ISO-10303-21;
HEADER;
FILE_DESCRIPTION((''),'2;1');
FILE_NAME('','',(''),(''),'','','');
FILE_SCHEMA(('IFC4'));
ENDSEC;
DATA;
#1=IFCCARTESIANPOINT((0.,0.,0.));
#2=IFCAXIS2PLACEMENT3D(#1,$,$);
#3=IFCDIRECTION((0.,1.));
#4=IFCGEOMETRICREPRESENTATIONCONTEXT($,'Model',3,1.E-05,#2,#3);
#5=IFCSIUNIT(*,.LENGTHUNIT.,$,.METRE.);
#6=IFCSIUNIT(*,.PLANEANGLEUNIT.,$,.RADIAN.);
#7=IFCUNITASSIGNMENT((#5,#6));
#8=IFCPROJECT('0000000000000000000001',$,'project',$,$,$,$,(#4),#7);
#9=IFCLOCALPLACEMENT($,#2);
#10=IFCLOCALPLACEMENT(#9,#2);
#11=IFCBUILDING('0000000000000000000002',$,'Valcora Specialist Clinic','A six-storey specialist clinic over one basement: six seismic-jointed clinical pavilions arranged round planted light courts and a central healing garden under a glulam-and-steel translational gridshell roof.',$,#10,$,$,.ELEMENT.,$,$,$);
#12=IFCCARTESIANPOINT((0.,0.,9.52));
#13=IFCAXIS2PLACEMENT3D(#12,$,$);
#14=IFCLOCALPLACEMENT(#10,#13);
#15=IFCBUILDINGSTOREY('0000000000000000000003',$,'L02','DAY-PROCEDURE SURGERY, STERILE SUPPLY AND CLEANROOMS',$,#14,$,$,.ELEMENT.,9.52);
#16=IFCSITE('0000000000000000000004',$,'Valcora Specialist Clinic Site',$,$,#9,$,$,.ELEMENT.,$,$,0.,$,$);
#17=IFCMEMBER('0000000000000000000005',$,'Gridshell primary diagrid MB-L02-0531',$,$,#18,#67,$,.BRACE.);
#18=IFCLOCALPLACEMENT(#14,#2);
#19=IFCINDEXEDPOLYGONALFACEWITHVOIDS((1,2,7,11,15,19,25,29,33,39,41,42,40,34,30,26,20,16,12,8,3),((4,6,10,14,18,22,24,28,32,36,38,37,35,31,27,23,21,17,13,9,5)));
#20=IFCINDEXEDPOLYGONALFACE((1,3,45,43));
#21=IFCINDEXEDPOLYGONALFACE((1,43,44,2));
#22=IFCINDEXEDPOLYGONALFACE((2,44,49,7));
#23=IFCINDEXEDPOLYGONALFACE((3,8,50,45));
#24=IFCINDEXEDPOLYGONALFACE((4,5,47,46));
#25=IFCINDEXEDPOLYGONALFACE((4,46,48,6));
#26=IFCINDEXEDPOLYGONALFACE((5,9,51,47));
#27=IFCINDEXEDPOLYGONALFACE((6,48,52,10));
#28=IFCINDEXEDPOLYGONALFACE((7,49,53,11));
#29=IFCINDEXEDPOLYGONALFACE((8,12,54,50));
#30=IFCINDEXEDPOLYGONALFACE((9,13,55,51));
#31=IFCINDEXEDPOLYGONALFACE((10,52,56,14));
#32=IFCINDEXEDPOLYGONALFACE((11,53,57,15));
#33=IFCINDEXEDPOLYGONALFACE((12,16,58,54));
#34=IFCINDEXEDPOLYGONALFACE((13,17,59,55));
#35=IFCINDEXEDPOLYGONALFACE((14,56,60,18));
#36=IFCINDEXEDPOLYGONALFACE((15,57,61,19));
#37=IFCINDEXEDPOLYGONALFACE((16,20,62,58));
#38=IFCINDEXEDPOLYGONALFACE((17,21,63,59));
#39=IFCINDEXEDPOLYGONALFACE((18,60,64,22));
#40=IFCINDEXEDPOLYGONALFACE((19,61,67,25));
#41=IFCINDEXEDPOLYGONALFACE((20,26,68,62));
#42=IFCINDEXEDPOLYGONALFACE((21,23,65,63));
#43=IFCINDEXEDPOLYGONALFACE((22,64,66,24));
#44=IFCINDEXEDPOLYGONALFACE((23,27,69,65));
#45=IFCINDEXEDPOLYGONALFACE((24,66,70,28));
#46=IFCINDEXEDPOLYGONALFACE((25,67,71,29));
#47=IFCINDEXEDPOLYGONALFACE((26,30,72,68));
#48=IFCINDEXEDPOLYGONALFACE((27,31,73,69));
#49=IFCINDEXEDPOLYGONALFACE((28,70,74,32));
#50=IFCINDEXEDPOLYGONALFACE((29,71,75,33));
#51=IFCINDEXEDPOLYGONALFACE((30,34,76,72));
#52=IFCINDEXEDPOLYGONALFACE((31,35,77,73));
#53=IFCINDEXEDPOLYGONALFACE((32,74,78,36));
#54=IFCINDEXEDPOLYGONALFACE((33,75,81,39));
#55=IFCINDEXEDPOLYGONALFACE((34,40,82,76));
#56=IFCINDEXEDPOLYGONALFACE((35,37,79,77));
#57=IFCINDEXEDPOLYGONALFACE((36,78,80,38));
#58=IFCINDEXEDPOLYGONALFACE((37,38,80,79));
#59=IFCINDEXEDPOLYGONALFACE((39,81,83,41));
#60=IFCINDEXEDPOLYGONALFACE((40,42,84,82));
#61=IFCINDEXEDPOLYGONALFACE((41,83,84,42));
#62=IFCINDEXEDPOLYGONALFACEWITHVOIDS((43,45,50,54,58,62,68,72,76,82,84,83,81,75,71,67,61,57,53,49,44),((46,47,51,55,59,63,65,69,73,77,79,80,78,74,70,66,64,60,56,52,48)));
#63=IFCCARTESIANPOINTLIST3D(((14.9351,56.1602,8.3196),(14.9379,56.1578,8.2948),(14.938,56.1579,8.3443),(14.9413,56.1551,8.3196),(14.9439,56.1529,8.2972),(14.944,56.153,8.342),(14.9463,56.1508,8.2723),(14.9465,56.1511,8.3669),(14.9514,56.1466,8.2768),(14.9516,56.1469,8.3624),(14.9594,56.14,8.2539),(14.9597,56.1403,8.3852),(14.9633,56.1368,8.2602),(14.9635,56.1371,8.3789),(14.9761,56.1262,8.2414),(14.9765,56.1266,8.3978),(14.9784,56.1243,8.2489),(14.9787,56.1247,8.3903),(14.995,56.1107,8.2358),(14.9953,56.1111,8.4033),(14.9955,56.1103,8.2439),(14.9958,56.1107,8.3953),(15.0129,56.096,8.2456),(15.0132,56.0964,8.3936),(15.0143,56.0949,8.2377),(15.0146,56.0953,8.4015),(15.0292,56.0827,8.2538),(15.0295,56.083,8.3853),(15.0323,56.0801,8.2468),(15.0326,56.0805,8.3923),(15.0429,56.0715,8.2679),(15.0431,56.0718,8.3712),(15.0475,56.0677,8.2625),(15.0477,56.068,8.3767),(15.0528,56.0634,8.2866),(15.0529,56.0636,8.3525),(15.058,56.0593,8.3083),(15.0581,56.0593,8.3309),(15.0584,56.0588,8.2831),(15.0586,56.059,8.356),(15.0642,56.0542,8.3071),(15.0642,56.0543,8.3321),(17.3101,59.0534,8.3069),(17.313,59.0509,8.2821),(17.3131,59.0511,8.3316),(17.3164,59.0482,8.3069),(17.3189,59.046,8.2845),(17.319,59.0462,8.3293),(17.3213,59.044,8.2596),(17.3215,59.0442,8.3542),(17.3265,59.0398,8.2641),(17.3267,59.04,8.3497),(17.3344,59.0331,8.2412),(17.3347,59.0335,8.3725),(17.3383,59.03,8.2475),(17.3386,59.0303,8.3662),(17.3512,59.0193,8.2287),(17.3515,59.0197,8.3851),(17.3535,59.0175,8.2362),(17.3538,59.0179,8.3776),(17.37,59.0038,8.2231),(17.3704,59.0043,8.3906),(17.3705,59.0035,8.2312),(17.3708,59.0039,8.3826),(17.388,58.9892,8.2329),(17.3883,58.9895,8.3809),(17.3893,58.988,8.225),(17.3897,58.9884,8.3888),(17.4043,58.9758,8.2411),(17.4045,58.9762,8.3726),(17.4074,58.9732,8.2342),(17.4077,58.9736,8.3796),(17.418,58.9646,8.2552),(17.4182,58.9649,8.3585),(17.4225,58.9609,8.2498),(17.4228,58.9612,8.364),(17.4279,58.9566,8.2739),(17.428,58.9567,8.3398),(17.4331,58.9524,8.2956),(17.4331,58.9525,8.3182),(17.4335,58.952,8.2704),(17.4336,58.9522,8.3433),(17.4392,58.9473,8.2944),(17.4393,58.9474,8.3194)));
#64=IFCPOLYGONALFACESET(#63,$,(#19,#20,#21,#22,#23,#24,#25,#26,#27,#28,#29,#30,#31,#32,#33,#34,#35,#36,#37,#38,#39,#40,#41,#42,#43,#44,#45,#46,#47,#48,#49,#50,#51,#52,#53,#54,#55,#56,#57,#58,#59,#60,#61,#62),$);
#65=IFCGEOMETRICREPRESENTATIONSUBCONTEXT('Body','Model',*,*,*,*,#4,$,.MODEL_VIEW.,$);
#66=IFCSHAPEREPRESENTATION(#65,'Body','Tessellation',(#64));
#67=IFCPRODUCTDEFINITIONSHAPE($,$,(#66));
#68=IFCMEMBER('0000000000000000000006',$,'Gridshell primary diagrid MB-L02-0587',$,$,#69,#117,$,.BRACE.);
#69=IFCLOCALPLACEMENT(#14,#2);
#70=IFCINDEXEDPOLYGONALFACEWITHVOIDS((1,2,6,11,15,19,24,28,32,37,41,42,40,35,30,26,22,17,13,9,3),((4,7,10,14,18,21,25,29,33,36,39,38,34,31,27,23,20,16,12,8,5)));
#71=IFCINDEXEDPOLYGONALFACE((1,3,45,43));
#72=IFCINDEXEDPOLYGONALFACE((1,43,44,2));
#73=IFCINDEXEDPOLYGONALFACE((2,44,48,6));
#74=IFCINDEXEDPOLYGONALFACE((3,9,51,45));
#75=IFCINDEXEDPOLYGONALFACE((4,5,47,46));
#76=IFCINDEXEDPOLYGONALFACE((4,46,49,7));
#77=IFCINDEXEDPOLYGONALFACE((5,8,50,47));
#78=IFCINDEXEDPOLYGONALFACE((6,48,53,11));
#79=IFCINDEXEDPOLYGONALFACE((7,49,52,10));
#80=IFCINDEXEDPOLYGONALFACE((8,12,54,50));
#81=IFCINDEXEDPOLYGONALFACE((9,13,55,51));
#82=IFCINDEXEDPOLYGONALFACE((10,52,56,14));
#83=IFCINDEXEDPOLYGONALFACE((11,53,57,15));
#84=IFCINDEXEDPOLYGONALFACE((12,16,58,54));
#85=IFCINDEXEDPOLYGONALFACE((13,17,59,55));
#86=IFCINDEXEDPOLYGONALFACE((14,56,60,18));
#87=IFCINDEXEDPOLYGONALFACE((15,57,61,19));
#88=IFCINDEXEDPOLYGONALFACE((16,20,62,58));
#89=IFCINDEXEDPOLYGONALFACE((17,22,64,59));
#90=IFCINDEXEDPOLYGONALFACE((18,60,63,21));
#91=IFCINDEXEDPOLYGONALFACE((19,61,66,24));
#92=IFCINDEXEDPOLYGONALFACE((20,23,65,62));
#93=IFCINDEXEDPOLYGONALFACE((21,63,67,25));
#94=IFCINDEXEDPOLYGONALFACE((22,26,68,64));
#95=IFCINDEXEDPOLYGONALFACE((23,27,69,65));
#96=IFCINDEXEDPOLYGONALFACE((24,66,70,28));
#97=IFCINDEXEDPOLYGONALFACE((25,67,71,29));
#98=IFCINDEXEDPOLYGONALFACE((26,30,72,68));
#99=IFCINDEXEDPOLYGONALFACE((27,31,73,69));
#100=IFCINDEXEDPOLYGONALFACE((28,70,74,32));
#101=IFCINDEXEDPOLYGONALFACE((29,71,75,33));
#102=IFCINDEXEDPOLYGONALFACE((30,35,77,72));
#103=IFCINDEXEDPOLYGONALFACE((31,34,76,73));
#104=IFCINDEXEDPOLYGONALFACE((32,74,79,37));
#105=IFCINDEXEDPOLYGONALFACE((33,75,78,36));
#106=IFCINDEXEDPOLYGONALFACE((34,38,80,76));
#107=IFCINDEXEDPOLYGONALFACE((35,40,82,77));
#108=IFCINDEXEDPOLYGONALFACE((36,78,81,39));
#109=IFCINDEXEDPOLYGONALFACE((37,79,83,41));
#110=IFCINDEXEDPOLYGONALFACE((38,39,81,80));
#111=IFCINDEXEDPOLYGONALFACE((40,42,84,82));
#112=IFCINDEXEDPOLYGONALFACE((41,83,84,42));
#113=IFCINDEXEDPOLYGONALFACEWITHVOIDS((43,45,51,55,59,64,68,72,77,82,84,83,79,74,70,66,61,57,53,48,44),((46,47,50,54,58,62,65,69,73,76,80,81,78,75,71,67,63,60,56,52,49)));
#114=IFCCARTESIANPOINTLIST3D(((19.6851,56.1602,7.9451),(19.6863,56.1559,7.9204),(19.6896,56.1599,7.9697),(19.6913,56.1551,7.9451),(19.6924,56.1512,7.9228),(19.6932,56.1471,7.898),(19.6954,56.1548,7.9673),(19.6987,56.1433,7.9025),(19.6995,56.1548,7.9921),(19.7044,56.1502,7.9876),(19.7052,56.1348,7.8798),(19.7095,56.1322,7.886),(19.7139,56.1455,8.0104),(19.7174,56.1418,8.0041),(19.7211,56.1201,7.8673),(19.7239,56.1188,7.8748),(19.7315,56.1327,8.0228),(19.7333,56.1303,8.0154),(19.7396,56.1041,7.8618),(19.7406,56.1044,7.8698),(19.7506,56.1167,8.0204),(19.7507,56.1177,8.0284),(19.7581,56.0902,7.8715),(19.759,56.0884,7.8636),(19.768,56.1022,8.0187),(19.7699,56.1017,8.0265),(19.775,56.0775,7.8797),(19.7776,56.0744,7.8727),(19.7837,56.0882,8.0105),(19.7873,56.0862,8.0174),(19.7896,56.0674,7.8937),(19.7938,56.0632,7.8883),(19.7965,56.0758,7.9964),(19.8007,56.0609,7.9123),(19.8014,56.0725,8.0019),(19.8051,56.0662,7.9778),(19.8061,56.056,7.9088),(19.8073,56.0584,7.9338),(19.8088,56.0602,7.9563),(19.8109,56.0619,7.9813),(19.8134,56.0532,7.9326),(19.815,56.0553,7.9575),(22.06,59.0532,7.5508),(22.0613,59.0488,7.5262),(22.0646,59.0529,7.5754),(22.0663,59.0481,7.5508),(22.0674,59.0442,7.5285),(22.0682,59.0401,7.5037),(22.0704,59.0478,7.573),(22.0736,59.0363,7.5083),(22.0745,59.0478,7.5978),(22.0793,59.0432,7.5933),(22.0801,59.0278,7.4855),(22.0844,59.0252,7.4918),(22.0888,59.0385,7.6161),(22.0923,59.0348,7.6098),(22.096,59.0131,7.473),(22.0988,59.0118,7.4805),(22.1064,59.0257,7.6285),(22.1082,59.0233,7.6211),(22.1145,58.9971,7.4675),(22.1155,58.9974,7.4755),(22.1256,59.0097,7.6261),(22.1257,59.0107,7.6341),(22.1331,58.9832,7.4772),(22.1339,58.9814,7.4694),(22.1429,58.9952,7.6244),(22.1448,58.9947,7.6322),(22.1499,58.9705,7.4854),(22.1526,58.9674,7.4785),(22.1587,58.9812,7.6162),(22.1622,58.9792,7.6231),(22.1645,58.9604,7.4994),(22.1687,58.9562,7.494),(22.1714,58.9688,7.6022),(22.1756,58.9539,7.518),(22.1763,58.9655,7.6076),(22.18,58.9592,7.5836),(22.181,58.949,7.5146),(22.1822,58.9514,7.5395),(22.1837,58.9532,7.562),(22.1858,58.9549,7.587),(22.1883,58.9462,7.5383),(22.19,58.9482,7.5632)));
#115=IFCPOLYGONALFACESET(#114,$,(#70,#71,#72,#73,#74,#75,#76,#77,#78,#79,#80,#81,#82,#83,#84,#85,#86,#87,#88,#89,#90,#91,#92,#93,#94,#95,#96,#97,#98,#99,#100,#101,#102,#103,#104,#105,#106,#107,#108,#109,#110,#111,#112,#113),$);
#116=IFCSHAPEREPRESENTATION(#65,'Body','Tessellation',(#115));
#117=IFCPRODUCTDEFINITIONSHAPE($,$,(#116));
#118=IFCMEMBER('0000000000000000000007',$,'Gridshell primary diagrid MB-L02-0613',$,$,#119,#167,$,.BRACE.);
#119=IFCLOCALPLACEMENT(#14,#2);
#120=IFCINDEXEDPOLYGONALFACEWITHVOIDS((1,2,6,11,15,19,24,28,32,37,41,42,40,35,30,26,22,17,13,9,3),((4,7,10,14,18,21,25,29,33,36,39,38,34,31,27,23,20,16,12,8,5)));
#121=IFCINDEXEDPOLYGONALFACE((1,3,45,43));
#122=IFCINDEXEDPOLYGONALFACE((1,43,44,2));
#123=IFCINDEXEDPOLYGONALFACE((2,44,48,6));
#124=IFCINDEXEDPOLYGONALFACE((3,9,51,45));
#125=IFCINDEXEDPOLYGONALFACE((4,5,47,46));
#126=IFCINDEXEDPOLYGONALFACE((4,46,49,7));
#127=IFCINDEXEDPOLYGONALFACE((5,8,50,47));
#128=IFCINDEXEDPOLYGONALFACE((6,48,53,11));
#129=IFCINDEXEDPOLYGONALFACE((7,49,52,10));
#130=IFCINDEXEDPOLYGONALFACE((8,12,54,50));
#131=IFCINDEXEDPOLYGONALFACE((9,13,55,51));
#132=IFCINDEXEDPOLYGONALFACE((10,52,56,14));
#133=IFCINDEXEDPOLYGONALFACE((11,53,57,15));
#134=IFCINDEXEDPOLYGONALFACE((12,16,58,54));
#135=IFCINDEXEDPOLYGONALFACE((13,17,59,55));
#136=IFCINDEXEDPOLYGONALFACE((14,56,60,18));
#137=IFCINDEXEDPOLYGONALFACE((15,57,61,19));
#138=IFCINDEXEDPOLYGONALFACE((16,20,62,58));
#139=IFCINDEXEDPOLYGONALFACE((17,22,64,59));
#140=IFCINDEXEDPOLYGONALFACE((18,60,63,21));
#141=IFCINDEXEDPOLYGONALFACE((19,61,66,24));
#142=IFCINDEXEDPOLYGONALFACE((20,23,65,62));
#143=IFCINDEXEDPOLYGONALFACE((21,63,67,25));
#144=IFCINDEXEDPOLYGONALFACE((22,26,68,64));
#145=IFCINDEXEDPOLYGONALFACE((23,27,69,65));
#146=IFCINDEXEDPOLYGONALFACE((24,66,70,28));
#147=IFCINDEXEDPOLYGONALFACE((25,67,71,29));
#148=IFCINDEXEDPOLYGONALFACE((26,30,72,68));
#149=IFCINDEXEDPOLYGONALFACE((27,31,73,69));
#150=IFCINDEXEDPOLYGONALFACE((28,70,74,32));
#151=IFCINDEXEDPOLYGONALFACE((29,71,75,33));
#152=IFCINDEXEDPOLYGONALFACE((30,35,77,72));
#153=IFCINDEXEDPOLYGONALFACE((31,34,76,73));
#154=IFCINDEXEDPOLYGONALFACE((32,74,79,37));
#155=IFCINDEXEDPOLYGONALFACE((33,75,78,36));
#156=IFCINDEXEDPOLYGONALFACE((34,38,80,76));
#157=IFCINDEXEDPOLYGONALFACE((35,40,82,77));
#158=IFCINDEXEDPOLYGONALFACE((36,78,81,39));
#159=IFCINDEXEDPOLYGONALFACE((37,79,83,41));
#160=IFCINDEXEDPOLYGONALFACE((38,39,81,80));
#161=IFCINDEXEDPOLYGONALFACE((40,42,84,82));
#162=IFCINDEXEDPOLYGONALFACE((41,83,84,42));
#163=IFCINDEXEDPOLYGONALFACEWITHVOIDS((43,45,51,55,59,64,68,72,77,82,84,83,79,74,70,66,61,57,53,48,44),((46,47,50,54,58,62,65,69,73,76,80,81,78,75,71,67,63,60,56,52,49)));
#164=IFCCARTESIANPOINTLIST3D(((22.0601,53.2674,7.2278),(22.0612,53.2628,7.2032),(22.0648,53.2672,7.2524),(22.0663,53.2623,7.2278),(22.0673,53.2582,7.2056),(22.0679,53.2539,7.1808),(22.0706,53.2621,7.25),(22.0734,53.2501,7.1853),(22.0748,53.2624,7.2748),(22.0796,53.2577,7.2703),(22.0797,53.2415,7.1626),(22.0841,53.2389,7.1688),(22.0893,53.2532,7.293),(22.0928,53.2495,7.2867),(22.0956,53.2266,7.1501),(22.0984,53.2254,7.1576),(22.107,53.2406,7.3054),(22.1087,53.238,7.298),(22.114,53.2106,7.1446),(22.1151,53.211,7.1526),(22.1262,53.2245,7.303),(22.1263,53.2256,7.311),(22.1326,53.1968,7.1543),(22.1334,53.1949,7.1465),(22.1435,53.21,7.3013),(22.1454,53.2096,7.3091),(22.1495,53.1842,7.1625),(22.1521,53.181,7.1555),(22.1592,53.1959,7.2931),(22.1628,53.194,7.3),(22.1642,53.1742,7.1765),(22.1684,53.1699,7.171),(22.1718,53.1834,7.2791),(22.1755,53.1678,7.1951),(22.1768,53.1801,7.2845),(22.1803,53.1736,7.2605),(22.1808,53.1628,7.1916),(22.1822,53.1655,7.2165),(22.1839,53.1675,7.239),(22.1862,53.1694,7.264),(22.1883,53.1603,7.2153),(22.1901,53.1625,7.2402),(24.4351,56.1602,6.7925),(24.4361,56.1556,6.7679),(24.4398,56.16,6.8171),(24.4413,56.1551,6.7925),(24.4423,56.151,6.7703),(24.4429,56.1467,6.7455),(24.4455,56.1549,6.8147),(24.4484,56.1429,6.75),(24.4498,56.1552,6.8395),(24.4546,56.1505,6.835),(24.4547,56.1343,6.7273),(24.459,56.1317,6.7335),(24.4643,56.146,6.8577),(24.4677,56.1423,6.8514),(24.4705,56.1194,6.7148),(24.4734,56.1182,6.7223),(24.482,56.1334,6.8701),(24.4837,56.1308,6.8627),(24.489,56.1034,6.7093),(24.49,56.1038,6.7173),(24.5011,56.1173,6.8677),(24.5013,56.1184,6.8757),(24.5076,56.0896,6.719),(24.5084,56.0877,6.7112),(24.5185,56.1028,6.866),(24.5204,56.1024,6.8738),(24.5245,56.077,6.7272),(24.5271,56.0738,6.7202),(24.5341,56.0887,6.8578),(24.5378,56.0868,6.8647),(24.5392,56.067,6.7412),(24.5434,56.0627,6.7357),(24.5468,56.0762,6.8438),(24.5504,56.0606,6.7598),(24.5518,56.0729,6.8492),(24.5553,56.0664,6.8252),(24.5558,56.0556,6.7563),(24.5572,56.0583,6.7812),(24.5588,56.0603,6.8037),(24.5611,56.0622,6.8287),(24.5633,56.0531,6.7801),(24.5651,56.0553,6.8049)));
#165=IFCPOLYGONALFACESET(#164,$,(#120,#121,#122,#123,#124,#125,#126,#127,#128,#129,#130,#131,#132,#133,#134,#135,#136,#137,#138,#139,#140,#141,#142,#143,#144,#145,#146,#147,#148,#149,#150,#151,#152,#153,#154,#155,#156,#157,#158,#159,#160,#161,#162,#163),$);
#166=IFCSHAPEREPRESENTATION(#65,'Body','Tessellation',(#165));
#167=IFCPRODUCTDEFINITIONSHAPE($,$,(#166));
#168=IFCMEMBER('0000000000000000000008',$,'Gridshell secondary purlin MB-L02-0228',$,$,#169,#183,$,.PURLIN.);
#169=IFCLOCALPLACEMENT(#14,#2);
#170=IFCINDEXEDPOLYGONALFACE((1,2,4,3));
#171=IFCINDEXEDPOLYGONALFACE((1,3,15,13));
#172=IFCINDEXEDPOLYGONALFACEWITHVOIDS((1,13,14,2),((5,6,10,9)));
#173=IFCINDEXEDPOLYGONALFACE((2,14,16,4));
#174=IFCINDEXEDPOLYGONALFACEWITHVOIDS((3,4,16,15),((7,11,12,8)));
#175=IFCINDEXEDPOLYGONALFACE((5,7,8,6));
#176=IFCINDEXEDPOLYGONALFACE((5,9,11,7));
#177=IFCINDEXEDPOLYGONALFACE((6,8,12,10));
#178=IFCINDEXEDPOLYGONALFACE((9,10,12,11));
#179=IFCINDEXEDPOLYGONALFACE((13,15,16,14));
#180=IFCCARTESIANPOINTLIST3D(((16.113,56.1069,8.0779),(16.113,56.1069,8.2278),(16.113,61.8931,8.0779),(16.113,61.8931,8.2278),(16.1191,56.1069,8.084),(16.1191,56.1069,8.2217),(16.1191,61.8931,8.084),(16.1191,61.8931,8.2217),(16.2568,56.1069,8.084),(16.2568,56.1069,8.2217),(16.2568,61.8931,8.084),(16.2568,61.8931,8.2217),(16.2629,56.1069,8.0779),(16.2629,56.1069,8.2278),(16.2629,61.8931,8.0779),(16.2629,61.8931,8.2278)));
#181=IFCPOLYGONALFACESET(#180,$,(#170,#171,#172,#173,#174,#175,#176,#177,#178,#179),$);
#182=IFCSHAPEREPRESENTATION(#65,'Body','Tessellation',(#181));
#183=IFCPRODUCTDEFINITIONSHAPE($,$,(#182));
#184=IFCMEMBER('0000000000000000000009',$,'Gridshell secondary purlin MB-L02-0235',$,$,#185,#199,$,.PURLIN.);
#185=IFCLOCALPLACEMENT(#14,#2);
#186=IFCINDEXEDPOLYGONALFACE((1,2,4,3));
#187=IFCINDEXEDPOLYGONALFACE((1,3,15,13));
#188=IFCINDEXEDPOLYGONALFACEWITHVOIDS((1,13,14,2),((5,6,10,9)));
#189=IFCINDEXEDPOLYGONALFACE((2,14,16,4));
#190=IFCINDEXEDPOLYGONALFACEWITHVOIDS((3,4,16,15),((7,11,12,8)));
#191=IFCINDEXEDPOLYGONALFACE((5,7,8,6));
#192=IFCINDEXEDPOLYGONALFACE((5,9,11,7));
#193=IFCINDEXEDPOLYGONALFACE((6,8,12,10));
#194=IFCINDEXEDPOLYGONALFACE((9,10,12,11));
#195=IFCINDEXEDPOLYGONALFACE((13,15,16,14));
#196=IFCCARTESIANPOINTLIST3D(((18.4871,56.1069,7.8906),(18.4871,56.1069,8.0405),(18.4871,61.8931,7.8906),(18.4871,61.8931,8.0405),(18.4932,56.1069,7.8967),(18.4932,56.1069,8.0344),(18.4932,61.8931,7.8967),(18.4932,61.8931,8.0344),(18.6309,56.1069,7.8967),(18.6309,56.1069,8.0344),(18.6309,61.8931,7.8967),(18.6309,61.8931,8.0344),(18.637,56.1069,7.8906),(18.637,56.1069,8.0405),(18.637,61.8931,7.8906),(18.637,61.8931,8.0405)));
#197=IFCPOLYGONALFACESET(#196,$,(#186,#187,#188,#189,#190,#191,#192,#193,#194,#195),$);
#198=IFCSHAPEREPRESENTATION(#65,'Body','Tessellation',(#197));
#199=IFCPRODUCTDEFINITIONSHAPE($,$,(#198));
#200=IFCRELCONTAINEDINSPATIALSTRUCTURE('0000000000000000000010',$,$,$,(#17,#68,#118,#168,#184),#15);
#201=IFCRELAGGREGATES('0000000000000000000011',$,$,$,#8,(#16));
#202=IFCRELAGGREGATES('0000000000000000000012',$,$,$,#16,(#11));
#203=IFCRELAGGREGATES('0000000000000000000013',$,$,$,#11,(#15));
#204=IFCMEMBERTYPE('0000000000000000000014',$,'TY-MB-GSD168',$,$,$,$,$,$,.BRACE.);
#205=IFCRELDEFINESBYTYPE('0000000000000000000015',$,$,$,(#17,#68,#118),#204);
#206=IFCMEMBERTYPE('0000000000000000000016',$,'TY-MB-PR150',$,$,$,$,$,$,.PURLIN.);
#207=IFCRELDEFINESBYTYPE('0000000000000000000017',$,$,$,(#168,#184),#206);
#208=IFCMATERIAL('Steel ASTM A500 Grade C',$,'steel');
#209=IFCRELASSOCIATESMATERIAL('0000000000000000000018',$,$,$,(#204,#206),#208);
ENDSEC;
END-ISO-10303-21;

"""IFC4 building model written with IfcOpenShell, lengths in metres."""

from ifc_helpers import new_model, si_unit, direction, frame, origin, origin_2d, place, context, subcontext, project, spatial, hollow_rectangle, hollow_circle, extrude, material, material_profile, profile_set, type_object, element, save


model = new_model("IFC4")

# Units and contexts
model_context = context("Model", 3, precision=1e-05, world=origin(), true_north=direction((0.0, 1.0)))
body_context = subcontext(model_context, "Body", "Model", "MODEL_VIEW")
ifc_project = project(units=[si_unit("LENGTHUNIT", "METRE"), si_unit("PLANEANGLEUNIT", "RADIAN")], contexts=[model_context])

# Site, building, storey
site_placement = place(None, origin())
site = spatial("IfcSite", under=ifc_project, at=site_placement, Name="Valcora Specialist Clinic Site", CompositionType="ELEMENT", RefElevation=0.0)
building_placement = place(site_placement, origin())
building = spatial("IfcBuilding", under=site, at=building_placement, Name="Valcora Specialist Clinic", Description="A six-storey specialist clinic over one basement: six seismic-jointed clinical pavilions arranged round planted light courts and a central healing garden under a glulam-and-steel translational gridshell roof.", CompositionType="ELEMENT")
storey_placement = place(building_placement, frame((0.0, 0.0, 9.52)))
storey = spatial("IfcBuildingStorey", under=building, at=storey_placement, Name="L02", Description="DAY-PROCEDURE SURGERY, STERILE SUPPLY AND CLEANROOMS", CompositionType="ELEMENT", Elevation=9.52)

# Members
ifc_material_1 = material(Name="Steel ASTM A500 Grade C", Category="steel")
ifc_material_profile_1 = material_profile(ifc_material_1, hollow_circle(Radius=0.084, WallThickness=0.0081, at=origin_2d()), Name="ST-CHS-168X8")
ifc_profile_set_1 = profile_set([ifc_material_profile_1], Name="Steel ASTM A500 Grade C")
member_type_1 = type_object("IfcMemberType", Name="TY-MB-GSD168", PredefinedType="BRACE", material=ifc_profile_set_1)
member_1_placement = place(storey_placement, frame((15.0, 56.1069, 8.3196), z_axis=(0.634505, 0.772911, -0.003392), x_axis=(-0.772916, 0.634508, 0.0)))
element("IfcMember", 1, at=member_1_placement, inside=storey, type_object=member_type_1, Name="Gridshell primary diagrid MB-L02-0531", PredefinedType="BRACE", context=body_context, shape_type="SweptSolid", body=[
    extrude(hollow_circle(Radius=0.084, WallThickness=0.0081, at=origin_2d()), origin(), (0.0, 0.0, 1.0), 3.7432),
])
member_2_placement = place(storey_placement, frame((19.75, 56.1069, 7.9451), z_axis=(0.631017, 0.768663, -0.104759), x_axis=(-0.772916, 0.634508, 0.0)))
element("IfcMember", 2, at=member_2_placement, inside=storey, type_object=member_type_1, Name="Gridshell primary diagrid MB-L02-0587", PredefinedType="BRACE", context=body_context, shape_type="SweptSolid", body=[
    extrude(hollow_circle(Radius=0.084, WallThickness=0.0081, at=origin_2d()), origin(), (0.0, 0.0, 1.0), 3.7637),
])
member_3_placement = place(storey_placement, frame((22.125, 53.2141, 7.2278), z_axis=(0.630292, 0.767715, -0.115523), x_axis=(-0.77289, 0.63454, 0.0)))
element("IfcMember", 3, at=member_3_placement, inside=storey, type_object=member_type_1, Name="Gridshell primary diagrid MB-L02-0613", PredefinedType="BRACE", context=body_context, shape_type="SweptSolid", body=[
    extrude(hollow_circle(Radius=0.084, WallThickness=0.0081, at=origin_2d()), origin(), (0.0, 0.0, 1.0), 3.7681),
])
ifc_material_profile_2 = material_profile(ifc_material_1, hollow_rectangle(XDim=0.1499, YDim=0.1499, WallThickness=0.0061, at=origin_2d()), Name="ST-RHS-150X150X6")
ifc_profile_set_2 = profile_set([ifc_material_profile_2], Name="Steel ASTM A500 Grade C")
member_type_2 = type_object("IfcMemberType", Name="TY-MB-PR150", PredefinedType="PURLIN", material=ifc_profile_set_2)
for number, where, z_axis, x_axis, name in (
    (4, (16.188, 56.1069, 8.1528), (0.0, 1.0, 0.0), (-1.0, 0.0, 0.0), "Gridshell secondary purlin MB-L02-0228"),
    (5, (18.562, 56.1069, 7.9656), (0.0, 1.0, 0.0), (-1.0, 0.0, 0.0), "Gridshell secondary purlin MB-L02-0235"),
):
    element("IfcMember", number, at=place(storey_placement, frame(where, z_axis=z_axis, x_axis=x_axis)), inside=storey, type_object=member_type_2, Name=name, PredefinedType="PURLIN", context=body_context, shape_type="SweptSolid", body=[
        extrude(hollow_rectangle(XDim=0.1499, YDim=0.1499, WallThickness=0.0061, at=origin_2d()), origin(), (0.0, 0.0, 1.0), 5.7861),
    ])

save(model, "model.ifc")
